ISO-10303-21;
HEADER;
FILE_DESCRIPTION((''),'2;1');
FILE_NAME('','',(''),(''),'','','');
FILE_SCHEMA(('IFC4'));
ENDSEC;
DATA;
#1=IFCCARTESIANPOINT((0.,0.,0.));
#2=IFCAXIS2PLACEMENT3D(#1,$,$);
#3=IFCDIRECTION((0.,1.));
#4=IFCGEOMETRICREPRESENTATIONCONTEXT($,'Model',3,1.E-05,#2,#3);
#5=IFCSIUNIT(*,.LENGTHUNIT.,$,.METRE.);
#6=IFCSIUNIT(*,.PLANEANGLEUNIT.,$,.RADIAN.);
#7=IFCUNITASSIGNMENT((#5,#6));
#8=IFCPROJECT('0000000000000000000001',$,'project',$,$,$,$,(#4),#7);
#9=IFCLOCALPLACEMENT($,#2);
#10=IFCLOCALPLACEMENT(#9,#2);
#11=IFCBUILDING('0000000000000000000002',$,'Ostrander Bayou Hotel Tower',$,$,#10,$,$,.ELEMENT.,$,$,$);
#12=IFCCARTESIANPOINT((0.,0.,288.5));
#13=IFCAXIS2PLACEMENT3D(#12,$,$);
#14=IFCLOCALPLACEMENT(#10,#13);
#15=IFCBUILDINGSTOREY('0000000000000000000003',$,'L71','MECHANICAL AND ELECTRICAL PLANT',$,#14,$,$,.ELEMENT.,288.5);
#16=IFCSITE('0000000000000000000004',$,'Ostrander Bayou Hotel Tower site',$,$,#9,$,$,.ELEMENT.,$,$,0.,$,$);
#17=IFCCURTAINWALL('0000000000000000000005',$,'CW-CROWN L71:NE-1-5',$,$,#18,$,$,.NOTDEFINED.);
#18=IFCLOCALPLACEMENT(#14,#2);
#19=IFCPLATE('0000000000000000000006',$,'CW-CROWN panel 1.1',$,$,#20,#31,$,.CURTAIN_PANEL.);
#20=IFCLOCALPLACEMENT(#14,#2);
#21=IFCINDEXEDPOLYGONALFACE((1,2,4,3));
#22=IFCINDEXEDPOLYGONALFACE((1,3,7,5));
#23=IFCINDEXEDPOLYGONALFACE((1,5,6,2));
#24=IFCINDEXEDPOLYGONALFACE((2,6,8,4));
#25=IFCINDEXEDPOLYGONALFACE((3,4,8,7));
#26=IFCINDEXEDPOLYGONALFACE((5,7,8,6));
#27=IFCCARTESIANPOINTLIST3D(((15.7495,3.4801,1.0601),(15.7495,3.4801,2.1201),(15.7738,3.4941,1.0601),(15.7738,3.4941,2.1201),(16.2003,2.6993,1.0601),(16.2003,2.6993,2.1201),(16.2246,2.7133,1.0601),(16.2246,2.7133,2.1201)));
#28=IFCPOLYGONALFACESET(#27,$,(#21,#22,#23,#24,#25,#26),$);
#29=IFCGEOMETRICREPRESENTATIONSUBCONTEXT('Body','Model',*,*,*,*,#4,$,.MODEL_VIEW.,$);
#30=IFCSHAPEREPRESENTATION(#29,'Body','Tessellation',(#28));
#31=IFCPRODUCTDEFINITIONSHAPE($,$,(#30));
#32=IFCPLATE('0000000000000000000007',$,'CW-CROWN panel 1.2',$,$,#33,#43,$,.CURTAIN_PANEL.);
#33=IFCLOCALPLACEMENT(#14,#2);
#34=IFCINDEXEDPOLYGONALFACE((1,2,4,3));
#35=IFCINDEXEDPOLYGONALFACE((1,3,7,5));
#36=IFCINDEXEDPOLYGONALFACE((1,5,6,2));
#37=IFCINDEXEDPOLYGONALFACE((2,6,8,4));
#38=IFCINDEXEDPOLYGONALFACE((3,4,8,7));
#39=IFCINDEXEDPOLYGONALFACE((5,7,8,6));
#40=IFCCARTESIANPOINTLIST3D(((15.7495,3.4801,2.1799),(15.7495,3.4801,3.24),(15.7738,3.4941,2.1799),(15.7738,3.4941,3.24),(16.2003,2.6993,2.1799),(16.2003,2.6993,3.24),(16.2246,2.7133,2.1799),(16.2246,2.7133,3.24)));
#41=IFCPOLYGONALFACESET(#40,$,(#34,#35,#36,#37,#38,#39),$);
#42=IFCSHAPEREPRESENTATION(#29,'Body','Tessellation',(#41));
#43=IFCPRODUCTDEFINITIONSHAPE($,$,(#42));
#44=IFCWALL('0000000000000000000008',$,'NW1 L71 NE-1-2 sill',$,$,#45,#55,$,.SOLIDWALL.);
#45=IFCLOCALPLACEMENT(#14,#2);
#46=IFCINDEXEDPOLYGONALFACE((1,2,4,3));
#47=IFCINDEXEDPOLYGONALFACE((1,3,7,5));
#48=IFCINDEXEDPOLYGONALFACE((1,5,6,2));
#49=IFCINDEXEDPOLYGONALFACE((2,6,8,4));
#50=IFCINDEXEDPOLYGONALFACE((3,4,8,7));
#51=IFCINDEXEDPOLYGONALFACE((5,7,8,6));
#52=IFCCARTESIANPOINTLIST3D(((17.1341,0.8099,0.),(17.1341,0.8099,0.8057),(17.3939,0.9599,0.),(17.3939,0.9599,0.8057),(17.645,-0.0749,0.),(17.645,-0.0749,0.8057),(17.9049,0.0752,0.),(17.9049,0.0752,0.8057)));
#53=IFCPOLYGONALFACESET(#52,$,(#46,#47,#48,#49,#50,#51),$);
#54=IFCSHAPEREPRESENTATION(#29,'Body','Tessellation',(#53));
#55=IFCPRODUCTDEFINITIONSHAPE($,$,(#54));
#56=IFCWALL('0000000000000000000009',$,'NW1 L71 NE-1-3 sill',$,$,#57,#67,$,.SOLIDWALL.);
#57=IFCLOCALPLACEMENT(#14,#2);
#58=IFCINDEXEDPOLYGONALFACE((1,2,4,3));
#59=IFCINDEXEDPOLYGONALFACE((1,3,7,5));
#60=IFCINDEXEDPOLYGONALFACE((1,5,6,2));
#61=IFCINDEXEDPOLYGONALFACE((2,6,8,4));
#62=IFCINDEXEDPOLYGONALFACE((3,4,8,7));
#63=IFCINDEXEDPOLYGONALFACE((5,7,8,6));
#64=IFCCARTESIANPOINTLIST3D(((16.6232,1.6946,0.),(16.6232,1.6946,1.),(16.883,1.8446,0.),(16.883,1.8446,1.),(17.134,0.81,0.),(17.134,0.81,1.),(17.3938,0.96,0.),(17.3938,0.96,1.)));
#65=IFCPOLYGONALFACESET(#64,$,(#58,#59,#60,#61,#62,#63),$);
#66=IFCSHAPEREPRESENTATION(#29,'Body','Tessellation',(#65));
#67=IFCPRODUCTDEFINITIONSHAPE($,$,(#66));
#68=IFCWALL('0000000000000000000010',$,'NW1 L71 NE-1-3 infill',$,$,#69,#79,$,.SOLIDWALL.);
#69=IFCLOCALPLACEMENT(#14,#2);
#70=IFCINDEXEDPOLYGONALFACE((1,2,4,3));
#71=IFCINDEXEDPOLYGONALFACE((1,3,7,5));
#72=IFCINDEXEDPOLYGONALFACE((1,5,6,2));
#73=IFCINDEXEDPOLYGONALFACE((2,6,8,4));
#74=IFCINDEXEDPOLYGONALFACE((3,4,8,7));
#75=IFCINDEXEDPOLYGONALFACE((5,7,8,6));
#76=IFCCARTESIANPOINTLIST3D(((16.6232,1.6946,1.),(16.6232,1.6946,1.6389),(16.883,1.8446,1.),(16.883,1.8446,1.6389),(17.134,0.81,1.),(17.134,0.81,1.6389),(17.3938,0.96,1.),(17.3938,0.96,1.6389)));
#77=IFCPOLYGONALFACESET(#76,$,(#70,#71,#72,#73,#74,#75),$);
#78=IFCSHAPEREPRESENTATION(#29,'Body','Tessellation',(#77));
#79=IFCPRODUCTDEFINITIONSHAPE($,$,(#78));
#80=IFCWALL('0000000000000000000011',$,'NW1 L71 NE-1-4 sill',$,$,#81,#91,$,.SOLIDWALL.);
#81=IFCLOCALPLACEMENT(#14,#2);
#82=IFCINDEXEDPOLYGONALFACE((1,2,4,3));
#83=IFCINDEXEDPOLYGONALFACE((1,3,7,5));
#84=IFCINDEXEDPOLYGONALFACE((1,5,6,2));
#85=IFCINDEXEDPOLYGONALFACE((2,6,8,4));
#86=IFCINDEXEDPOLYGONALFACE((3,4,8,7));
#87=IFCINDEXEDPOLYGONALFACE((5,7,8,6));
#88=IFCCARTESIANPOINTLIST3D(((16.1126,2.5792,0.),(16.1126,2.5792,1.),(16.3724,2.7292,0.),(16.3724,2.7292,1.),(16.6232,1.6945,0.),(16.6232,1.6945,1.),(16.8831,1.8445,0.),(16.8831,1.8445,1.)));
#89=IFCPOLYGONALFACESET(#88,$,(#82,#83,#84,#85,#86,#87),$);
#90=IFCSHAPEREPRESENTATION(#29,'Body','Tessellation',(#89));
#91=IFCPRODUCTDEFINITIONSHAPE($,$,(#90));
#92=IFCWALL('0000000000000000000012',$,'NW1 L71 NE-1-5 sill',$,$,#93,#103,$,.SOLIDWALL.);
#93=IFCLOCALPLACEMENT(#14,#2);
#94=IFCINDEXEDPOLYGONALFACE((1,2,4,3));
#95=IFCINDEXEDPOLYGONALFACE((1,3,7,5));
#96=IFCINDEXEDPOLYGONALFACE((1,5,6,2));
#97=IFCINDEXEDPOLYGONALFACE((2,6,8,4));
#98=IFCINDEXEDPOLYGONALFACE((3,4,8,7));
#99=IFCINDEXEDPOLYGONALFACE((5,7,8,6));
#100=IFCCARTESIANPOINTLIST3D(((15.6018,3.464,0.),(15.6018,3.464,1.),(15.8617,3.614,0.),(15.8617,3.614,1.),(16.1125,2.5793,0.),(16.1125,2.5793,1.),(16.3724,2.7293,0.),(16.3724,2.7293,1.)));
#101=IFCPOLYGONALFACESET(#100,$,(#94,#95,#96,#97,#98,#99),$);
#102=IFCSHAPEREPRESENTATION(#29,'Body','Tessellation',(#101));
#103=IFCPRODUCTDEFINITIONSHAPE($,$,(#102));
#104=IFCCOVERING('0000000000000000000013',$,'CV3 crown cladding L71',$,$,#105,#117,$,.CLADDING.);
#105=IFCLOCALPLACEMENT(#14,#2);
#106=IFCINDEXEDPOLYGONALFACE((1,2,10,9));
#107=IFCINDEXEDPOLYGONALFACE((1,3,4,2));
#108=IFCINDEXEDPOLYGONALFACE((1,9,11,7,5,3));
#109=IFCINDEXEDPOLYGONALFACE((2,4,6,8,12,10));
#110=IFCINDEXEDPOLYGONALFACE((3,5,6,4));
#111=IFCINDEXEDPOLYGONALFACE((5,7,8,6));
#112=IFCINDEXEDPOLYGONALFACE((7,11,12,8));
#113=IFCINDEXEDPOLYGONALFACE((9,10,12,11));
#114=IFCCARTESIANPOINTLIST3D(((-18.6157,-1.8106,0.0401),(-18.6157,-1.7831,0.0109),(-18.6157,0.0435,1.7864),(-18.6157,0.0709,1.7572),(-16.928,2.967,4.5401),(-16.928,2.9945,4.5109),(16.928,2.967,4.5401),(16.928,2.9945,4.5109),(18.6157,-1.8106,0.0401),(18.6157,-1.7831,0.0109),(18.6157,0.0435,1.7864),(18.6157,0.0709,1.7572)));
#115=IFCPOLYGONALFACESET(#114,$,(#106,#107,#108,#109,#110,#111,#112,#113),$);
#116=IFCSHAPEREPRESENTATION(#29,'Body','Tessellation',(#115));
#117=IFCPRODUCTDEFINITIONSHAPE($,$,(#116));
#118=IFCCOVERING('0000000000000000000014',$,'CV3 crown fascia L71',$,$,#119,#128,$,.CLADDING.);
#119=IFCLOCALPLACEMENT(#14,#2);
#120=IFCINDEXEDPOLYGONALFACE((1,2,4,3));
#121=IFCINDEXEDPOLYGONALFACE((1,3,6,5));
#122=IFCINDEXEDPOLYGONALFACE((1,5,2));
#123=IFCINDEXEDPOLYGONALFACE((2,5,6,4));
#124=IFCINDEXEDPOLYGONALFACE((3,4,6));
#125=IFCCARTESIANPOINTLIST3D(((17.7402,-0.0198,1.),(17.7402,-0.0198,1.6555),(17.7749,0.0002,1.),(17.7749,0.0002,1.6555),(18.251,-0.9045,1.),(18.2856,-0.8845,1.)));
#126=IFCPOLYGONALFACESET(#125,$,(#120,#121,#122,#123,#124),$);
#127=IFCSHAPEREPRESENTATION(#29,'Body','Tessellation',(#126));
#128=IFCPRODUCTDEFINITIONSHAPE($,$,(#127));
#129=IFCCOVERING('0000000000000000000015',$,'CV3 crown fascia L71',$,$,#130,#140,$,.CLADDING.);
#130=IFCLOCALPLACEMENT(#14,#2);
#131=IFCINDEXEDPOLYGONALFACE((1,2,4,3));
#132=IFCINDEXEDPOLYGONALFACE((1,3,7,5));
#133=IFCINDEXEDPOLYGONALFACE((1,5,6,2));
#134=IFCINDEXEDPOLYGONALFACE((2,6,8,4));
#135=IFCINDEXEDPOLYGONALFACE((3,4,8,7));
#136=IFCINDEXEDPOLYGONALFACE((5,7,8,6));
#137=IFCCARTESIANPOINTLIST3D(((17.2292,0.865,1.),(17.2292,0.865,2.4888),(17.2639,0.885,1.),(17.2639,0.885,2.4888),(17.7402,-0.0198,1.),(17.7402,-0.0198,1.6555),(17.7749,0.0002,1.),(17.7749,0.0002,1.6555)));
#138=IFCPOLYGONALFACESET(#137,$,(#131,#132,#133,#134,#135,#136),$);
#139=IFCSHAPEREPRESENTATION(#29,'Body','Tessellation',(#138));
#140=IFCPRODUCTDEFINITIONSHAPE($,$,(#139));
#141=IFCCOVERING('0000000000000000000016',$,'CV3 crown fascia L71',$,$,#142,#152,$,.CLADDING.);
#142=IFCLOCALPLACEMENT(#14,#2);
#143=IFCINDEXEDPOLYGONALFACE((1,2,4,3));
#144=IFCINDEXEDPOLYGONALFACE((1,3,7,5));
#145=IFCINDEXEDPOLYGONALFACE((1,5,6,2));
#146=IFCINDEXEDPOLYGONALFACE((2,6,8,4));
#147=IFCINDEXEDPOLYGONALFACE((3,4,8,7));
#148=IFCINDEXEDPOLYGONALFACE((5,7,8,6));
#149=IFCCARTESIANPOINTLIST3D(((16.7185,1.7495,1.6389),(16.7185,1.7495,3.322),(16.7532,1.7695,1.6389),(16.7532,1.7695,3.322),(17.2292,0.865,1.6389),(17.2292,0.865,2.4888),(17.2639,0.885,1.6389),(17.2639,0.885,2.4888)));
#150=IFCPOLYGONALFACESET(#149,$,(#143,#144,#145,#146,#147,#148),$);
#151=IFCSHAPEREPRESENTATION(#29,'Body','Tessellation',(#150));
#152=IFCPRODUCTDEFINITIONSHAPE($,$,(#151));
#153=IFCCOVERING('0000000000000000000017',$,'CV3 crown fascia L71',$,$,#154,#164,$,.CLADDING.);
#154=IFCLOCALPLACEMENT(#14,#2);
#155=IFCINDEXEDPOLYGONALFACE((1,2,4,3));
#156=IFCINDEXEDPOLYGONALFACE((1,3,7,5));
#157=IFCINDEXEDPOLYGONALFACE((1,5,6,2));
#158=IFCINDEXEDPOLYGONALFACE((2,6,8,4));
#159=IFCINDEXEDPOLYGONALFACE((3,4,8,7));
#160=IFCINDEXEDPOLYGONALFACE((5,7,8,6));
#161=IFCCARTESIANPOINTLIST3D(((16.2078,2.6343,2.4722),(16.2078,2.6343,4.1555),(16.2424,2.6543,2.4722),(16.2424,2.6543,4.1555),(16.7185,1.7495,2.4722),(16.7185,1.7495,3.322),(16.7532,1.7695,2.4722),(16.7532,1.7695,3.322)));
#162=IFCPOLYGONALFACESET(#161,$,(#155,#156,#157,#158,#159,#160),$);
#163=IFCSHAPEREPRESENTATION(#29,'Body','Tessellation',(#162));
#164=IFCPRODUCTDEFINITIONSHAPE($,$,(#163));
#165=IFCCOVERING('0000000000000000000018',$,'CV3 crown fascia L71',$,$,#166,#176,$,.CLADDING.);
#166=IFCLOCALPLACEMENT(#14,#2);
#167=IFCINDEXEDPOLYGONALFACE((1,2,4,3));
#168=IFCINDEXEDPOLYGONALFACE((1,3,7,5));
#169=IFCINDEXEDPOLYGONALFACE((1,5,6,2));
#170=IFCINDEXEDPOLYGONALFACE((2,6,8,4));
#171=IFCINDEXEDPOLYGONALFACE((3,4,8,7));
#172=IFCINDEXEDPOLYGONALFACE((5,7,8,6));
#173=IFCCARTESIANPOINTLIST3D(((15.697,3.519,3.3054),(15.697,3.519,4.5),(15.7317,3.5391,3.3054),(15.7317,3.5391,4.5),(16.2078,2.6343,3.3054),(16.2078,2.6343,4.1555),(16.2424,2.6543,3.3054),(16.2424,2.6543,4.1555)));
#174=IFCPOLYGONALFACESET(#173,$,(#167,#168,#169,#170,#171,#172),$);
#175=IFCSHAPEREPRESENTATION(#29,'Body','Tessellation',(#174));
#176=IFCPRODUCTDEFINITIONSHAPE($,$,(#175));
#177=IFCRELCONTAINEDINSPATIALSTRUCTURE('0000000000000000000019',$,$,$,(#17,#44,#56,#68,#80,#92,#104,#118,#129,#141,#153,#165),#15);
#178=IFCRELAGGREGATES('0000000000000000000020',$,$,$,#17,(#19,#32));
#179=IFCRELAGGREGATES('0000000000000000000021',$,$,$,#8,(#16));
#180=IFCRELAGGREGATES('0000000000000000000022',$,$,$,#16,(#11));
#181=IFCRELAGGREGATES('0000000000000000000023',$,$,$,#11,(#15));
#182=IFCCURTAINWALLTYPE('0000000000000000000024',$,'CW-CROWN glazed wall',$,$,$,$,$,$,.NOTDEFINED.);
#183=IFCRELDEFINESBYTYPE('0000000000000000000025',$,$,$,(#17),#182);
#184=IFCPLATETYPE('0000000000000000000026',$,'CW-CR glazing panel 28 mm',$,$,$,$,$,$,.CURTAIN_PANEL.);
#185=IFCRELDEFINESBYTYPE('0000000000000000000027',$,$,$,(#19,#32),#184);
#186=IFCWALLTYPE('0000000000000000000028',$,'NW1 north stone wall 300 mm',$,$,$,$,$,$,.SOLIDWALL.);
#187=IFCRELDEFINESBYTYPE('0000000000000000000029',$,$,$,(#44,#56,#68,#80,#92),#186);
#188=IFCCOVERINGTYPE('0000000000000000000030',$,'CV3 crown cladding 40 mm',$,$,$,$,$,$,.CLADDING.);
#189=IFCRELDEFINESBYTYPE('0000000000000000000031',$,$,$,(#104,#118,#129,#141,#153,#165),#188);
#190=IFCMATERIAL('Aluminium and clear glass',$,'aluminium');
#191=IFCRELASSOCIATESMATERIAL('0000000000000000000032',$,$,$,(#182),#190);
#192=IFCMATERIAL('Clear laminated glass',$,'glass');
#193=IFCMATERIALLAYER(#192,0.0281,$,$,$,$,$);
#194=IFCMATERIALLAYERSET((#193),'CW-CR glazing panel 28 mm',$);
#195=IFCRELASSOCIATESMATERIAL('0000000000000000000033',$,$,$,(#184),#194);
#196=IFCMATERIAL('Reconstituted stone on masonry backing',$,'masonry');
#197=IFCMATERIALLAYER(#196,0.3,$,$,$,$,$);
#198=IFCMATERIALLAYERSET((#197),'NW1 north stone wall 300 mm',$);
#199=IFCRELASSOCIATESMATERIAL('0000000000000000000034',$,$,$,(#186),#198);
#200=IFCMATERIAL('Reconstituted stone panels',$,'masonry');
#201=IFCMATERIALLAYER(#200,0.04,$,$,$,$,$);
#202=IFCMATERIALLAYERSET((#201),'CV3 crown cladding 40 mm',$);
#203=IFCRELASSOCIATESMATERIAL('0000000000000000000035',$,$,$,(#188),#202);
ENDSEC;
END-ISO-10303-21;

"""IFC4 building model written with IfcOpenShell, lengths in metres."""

from ifc_helpers import new_model, si_unit, direction, frame, frame_2d, origin, origin_2d, place, context, subcontext, project, spatial, polyline, rectangle, outline, extrude, material, layer, layer_set, type_object, element, aggregate, save


model = new_model("IFC4")

# Units and contexts
model_context = context("Model", 3, precision=1e-05, world=origin(), true_north=direction((0.0, 1.0)))
body_context = subcontext(model_context, "Body", "Model", "MODEL_VIEW")
ifc_project = project(units=[si_unit("LENGTHUNIT", "METRE"), si_unit("PLANEANGLEUNIT", "RADIAN")], contexts=[model_context])

# Site, building, storey
site_placement = place(None, origin())
site = spatial("IfcSite", under=ifc_project, at=site_placement, Name="Ostrander Bayou Hotel Tower site", CompositionType="ELEMENT", RefElevation=0.0)
building_placement = place(site_placement, origin())
building = spatial("IfcBuilding", under=site, at=building_placement, Name="Ostrander Bayou Hotel Tower", CompositionType="ELEMENT")
storey_placement = place(building_placement, frame((0.0, 0.0, 288.5)))
storey = spatial("IfcBuildingStorey", under=building, at=storey_placement, Name="L71", Description="MECHANICAL AND ELECTRICAL PLANT", CompositionType="ELEMENT", Elevation=288.5)

# Curtain wall
ifc_material_1 = material(Name="Aluminium and clear glass", Category="aluminium")
curtain_wall_type = type_object("IfcCurtainWallType", Name="CW-CROWN glazed wall", PredefinedType="NOTDEFINED", material=ifc_material_1)
curtain_wall_1_placement = place(storey_placement, origin())
curtain_wall_1 = element("IfcCurtainWall", 1, at=curtain_wall_1_placement, inside=storey, type_object=curtain_wall_type, Name="CW-CROWN L71:NE-1-5", PredefinedType="NOTDEFINED")

# Plates
ifc_material_2 = material(Name="Clear laminated glass", Category="glass")
ifc_layer_1 = layer(ifc_material_2, 0.0281)
ifc_layer_set_1 = layer_set([ifc_layer_1], Name="CW-CR glazing panel 28 mm")
plate_type = type_object("IfcPlateType", Name="CW-CR glazing panel 28 mm", PredefinedType="CURTAIN_PANEL", material=ifc_layer_set_1)
plate_1_placement = place(storey_placement, frame((15.9871, 3.0967, 1.0601), z_axis=(0.0, 0.0, 1.0), x_axis=(-0.500013, 0.866018, 0.0)))
plate_1 = element("IfcPlate", 2, at=plate_1_placement, type_object=plate_type, Name="CW-CROWN panel 1.1", PredefinedType="CURTAIN_PANEL", context=body_context, shape_type="SweptSolid", body=[
    extrude(rectangle(XDim=0.9016, YDim=0.0281, at=origin_2d()), origin(), (0.0, 0.0, 1.0), 1.0601),
])
plate_2_placement = place(storey_placement, frame((15.9871, 3.0967, 2.1799), z_axis=(0.0, 0.0, 1.0), x_axis=(-0.500013, 0.866018, 0.0)))
plate_2 = element("IfcPlate", 3, at=plate_2_placement, type_object=plate_type, Name="CW-CROWN panel 1.2", PredefinedType="CURTAIN_PANEL", context=body_context, shape_type="SweptSolid", body=[
    extrude(rectangle(XDim=0.9016, YDim=0.0281, at=origin_2d()), origin(), (0.0, 0.0, 1.0), 1.0601),
])
aggregate(curtain_wall_1, [plate_1, plate_2])

# Walls
ifc_material_3 = material(Name="Reconstituted stone on masonry backing", Category="masonry")
ifc_layer_2 = layer(ifc_material_3, 0.3)
ifc_layer_set_2 = layer_set([ifc_layer_2], Name="NW1 north stone wall 300 mm")
wall_type = type_object("IfcWallType", Name="NW1 north stone wall 300 mm", PredefinedType="SOLIDWALL", material=ifc_layer_set_2)
wall_1_placement = place(storey_placement, frame((17.7749, 0.0002, 0.0), z_axis=(0.0, 0.0, 1.0), x_axis=(-0.500122, 0.865955, 0.0)))
element("IfcWall", 4, at=wall_1_placement, inside=storey, type_object=wall_type, Name="NW1 L71 NE-1-2 sill", PredefinedType="SOLIDWALL", context=body_context, shape_type="SweptSolid", body=[
    extrude(rectangle(XDim=1.0217, YDim=0.3, at=frame_2d((0.5107, 0.0))), origin(), (0.0, 0.0, 1.0), 0.8057),
])
wall_2_placement = place(storey_placement, frame((17.2639, 0.885, 0.0), z_axis=(0.0, 0.0, 1.0), x_axis=(-0.500047, 0.865998, 0.0)))
element("IfcWall", 5, at=wall_2_placement, inside=storey, type_object=wall_type, Name="NW1 L71 NE-1-3 sill", PredefinedType="SOLIDWALL", context=body_context, shape_type="SweptSolid", body=[
    extrude(rectangle(XDim=1.0215, YDim=0.3, at=frame_2d((0.5107, 0.0))), origin(), (0.0, 0.0, 1.0), 1.0),
])
wall_3_placement = place(storey_placement, frame((17.2639, 0.885, 1.0), z_axis=(0.0, 0.0, 1.0), x_axis=(-0.500047, 0.865998, 0.0)))
element("IfcWall", 6, at=wall_3_placement, inside=storey, type_object=wall_type, Name="NW1 L71 NE-1-3 infill", PredefinedType="SOLIDWALL", context=body_context, shape_type="SweptSolid", body=[
    extrude(rectangle(XDim=1.0215, YDim=0.3, at=frame_2d((0.5107, 0.0))), origin(), (0.0, 0.0, 1.0), 0.6389),
])
for number, where, z_axis, x_axis, name in (
    (7, (16.7532, 1.7695, 0.0), (0.0, 0.0, 1.0), (-0.499943, 0.866058, 0.0), "NW1 L71 NE-1-4 sill"),
    (8, (16.2424, 2.6543, 0.0), (0.0, 0.0, 1.0), (-0.499943, 0.866058, 0.0), "NW1 L71 NE-1-5 sill"),
):
    element("IfcWall", number, at=place(storey_placement, frame(where, z_axis=z_axis, x_axis=x_axis)), inside=storey, type_object=wall_type, Name=name, PredefinedType="SOLIDWALL", context=body_context, shape_type="SweptSolid", body=[
        extrude(rectangle(XDim=1.0215, YDim=0.3, at=frame_2d((0.5107, 0.0))), origin(), (0.0, 0.0, 1.0), 1.0),
    ])

# Coverings
ifc_material_4 = material(Name="Reconstituted stone panels", Category="masonry")
ifc_layer_3 = layer(ifc_material_4, 0.04)
ifc_layer_set_3 = layer_set([ifc_layer_3], Name="CV3 crown cladding 40 mm")
covering_type = type_object("IfcCoveringType", Name="CV3 crown cladding 40 mm", PredefinedType="CLADDING", material=ifc_layer_set_3)
covering_1_placement = place(storey_placement, frame((18.6157, 0.0435, 1.7864), z_axis=(0.0, -0.685643, 0.727938), x_axis=(0.0, -0.727938, -0.685643)))
element("IfcCovering", 9, at=covering_1_placement, inside=storey, type_object=covering_type, Name="CV3 crown cladding L71", PredefinedType="CLADDING", context=body_context, shape_type="SweptSolid", body=[
    extrude(outline(polyline([(0.0, 0.0), (2.547, 0.0), (2.547, -37.2314), (0.0, -37.2314), (-4.0162, -35.5437), (-4.0162, -1.6877), (0.0, 0.0)])), origin(), (0.0, 0.0, -1.0), 0.04),
])
covering_2_placement = place(storey_placement, frame((18.2856, -0.8845, 1.0), z_axis=(0.866058, 0.499943, 0.0), x_axis=(-0.499943, 0.866058, 0.0)))
element("IfcCovering", 10, at=covering_2_placement, inside=storey, type_object=covering_type, Name="CV3 crown fascia L71", PredefinedType="CLADDING", context=body_context, shape_type="SweptSolid", body=[
    extrude(outline(polyline([(0.0, 0.0), (1.0216, 0.0), (1.0216, 0.6555), (0.0, 0.0), (0.0, 0.0)])), origin(), (0.0, 0.0, -1.0), 0.04),
])
covering_3_placement = place(storey_placement, frame((17.7749, 0.0002, 1.0), z_axis=(0.865955, 0.500122, 0.0), x_axis=(-0.500122, 0.865955, 0.0)))
element("IfcCovering", 11, at=covering_3_placement, inside=storey, type_object=covering_type, Name="CV3 crown fascia L71", PredefinedType="CLADDING", context=body_context, shape_type="SweptSolid", body=[
    extrude(outline(polyline([(0.0, 0.0), (1.0217, 0.0), (1.0217, 1.4888), (0.0, 0.6555), (0.0, 0.0)])), origin(), (0.0, 0.0, -1.0), 0.04),
])
covering_4_placement = place(storey_placement, frame((17.2639, 0.885, 1.6389), z_axis=(0.865998, 0.500047, 0.0), x_axis=(-0.500047, 0.865998, 0.0)))
element("IfcCovering", 12, at=covering_4_placement, inside=storey, type_object=covering_type, Name="CV3 crown fascia L71", PredefinedType="CLADDING", context=body_context, shape_type="SweptSolid", body=[
    extrude(outline(polyline([(0.0, 0.0), (1.0214, 0.0), (1.0214, 1.6831), (0.0, 0.8499), (0.0, 0.0)])), origin(), (0.0, 0.0, -1.0), 0.04),
])
covering_5_placement = place(storey_placement, frame((16.7532, 1.7695, 2.4722), z_axis=(0.866058, 0.499943, 0.0), x_axis=(-0.499943, 0.866058, 0.0)))
element("IfcCovering", 13, at=covering_5_placement, inside=storey, type_object=covering_type, Name="CV3 crown fascia L71", PredefinedType="CLADDING", context=body_context, shape_type="SweptSolid", body=[
    extrude(outline(polyline([(0.0, 0.0), (1.0216, 0.0), (1.0216, 1.6833), (0.0, 0.8499), (0.0, 0.0)])), origin(), (0.0, 0.0, -1.0), 0.04),
])
covering_6_placement = place(storey_placement, frame((16.2424, 2.6543, 3.3054), z_axis=(0.866058, 0.499943, 0.0), x_axis=(-0.499943, 0.866058, 0.0)))
element("IfcCovering", 14, at=covering_6_placement, inside=storey, type_object=covering_type, Name="CV3 crown fascia L71", PredefinedType="CLADDING", context=body_context, shape_type="SweptSolid", body=[
    extrude(outline(polyline([(0.0, 0.0), (1.0216, 0.0), (1.0216, 1.1946), (0.0, 0.8501), (0.0, 0.0)])), origin(), (0.0, 0.0, -1.0), 0.04),
])

save(model, "model.ifc")
